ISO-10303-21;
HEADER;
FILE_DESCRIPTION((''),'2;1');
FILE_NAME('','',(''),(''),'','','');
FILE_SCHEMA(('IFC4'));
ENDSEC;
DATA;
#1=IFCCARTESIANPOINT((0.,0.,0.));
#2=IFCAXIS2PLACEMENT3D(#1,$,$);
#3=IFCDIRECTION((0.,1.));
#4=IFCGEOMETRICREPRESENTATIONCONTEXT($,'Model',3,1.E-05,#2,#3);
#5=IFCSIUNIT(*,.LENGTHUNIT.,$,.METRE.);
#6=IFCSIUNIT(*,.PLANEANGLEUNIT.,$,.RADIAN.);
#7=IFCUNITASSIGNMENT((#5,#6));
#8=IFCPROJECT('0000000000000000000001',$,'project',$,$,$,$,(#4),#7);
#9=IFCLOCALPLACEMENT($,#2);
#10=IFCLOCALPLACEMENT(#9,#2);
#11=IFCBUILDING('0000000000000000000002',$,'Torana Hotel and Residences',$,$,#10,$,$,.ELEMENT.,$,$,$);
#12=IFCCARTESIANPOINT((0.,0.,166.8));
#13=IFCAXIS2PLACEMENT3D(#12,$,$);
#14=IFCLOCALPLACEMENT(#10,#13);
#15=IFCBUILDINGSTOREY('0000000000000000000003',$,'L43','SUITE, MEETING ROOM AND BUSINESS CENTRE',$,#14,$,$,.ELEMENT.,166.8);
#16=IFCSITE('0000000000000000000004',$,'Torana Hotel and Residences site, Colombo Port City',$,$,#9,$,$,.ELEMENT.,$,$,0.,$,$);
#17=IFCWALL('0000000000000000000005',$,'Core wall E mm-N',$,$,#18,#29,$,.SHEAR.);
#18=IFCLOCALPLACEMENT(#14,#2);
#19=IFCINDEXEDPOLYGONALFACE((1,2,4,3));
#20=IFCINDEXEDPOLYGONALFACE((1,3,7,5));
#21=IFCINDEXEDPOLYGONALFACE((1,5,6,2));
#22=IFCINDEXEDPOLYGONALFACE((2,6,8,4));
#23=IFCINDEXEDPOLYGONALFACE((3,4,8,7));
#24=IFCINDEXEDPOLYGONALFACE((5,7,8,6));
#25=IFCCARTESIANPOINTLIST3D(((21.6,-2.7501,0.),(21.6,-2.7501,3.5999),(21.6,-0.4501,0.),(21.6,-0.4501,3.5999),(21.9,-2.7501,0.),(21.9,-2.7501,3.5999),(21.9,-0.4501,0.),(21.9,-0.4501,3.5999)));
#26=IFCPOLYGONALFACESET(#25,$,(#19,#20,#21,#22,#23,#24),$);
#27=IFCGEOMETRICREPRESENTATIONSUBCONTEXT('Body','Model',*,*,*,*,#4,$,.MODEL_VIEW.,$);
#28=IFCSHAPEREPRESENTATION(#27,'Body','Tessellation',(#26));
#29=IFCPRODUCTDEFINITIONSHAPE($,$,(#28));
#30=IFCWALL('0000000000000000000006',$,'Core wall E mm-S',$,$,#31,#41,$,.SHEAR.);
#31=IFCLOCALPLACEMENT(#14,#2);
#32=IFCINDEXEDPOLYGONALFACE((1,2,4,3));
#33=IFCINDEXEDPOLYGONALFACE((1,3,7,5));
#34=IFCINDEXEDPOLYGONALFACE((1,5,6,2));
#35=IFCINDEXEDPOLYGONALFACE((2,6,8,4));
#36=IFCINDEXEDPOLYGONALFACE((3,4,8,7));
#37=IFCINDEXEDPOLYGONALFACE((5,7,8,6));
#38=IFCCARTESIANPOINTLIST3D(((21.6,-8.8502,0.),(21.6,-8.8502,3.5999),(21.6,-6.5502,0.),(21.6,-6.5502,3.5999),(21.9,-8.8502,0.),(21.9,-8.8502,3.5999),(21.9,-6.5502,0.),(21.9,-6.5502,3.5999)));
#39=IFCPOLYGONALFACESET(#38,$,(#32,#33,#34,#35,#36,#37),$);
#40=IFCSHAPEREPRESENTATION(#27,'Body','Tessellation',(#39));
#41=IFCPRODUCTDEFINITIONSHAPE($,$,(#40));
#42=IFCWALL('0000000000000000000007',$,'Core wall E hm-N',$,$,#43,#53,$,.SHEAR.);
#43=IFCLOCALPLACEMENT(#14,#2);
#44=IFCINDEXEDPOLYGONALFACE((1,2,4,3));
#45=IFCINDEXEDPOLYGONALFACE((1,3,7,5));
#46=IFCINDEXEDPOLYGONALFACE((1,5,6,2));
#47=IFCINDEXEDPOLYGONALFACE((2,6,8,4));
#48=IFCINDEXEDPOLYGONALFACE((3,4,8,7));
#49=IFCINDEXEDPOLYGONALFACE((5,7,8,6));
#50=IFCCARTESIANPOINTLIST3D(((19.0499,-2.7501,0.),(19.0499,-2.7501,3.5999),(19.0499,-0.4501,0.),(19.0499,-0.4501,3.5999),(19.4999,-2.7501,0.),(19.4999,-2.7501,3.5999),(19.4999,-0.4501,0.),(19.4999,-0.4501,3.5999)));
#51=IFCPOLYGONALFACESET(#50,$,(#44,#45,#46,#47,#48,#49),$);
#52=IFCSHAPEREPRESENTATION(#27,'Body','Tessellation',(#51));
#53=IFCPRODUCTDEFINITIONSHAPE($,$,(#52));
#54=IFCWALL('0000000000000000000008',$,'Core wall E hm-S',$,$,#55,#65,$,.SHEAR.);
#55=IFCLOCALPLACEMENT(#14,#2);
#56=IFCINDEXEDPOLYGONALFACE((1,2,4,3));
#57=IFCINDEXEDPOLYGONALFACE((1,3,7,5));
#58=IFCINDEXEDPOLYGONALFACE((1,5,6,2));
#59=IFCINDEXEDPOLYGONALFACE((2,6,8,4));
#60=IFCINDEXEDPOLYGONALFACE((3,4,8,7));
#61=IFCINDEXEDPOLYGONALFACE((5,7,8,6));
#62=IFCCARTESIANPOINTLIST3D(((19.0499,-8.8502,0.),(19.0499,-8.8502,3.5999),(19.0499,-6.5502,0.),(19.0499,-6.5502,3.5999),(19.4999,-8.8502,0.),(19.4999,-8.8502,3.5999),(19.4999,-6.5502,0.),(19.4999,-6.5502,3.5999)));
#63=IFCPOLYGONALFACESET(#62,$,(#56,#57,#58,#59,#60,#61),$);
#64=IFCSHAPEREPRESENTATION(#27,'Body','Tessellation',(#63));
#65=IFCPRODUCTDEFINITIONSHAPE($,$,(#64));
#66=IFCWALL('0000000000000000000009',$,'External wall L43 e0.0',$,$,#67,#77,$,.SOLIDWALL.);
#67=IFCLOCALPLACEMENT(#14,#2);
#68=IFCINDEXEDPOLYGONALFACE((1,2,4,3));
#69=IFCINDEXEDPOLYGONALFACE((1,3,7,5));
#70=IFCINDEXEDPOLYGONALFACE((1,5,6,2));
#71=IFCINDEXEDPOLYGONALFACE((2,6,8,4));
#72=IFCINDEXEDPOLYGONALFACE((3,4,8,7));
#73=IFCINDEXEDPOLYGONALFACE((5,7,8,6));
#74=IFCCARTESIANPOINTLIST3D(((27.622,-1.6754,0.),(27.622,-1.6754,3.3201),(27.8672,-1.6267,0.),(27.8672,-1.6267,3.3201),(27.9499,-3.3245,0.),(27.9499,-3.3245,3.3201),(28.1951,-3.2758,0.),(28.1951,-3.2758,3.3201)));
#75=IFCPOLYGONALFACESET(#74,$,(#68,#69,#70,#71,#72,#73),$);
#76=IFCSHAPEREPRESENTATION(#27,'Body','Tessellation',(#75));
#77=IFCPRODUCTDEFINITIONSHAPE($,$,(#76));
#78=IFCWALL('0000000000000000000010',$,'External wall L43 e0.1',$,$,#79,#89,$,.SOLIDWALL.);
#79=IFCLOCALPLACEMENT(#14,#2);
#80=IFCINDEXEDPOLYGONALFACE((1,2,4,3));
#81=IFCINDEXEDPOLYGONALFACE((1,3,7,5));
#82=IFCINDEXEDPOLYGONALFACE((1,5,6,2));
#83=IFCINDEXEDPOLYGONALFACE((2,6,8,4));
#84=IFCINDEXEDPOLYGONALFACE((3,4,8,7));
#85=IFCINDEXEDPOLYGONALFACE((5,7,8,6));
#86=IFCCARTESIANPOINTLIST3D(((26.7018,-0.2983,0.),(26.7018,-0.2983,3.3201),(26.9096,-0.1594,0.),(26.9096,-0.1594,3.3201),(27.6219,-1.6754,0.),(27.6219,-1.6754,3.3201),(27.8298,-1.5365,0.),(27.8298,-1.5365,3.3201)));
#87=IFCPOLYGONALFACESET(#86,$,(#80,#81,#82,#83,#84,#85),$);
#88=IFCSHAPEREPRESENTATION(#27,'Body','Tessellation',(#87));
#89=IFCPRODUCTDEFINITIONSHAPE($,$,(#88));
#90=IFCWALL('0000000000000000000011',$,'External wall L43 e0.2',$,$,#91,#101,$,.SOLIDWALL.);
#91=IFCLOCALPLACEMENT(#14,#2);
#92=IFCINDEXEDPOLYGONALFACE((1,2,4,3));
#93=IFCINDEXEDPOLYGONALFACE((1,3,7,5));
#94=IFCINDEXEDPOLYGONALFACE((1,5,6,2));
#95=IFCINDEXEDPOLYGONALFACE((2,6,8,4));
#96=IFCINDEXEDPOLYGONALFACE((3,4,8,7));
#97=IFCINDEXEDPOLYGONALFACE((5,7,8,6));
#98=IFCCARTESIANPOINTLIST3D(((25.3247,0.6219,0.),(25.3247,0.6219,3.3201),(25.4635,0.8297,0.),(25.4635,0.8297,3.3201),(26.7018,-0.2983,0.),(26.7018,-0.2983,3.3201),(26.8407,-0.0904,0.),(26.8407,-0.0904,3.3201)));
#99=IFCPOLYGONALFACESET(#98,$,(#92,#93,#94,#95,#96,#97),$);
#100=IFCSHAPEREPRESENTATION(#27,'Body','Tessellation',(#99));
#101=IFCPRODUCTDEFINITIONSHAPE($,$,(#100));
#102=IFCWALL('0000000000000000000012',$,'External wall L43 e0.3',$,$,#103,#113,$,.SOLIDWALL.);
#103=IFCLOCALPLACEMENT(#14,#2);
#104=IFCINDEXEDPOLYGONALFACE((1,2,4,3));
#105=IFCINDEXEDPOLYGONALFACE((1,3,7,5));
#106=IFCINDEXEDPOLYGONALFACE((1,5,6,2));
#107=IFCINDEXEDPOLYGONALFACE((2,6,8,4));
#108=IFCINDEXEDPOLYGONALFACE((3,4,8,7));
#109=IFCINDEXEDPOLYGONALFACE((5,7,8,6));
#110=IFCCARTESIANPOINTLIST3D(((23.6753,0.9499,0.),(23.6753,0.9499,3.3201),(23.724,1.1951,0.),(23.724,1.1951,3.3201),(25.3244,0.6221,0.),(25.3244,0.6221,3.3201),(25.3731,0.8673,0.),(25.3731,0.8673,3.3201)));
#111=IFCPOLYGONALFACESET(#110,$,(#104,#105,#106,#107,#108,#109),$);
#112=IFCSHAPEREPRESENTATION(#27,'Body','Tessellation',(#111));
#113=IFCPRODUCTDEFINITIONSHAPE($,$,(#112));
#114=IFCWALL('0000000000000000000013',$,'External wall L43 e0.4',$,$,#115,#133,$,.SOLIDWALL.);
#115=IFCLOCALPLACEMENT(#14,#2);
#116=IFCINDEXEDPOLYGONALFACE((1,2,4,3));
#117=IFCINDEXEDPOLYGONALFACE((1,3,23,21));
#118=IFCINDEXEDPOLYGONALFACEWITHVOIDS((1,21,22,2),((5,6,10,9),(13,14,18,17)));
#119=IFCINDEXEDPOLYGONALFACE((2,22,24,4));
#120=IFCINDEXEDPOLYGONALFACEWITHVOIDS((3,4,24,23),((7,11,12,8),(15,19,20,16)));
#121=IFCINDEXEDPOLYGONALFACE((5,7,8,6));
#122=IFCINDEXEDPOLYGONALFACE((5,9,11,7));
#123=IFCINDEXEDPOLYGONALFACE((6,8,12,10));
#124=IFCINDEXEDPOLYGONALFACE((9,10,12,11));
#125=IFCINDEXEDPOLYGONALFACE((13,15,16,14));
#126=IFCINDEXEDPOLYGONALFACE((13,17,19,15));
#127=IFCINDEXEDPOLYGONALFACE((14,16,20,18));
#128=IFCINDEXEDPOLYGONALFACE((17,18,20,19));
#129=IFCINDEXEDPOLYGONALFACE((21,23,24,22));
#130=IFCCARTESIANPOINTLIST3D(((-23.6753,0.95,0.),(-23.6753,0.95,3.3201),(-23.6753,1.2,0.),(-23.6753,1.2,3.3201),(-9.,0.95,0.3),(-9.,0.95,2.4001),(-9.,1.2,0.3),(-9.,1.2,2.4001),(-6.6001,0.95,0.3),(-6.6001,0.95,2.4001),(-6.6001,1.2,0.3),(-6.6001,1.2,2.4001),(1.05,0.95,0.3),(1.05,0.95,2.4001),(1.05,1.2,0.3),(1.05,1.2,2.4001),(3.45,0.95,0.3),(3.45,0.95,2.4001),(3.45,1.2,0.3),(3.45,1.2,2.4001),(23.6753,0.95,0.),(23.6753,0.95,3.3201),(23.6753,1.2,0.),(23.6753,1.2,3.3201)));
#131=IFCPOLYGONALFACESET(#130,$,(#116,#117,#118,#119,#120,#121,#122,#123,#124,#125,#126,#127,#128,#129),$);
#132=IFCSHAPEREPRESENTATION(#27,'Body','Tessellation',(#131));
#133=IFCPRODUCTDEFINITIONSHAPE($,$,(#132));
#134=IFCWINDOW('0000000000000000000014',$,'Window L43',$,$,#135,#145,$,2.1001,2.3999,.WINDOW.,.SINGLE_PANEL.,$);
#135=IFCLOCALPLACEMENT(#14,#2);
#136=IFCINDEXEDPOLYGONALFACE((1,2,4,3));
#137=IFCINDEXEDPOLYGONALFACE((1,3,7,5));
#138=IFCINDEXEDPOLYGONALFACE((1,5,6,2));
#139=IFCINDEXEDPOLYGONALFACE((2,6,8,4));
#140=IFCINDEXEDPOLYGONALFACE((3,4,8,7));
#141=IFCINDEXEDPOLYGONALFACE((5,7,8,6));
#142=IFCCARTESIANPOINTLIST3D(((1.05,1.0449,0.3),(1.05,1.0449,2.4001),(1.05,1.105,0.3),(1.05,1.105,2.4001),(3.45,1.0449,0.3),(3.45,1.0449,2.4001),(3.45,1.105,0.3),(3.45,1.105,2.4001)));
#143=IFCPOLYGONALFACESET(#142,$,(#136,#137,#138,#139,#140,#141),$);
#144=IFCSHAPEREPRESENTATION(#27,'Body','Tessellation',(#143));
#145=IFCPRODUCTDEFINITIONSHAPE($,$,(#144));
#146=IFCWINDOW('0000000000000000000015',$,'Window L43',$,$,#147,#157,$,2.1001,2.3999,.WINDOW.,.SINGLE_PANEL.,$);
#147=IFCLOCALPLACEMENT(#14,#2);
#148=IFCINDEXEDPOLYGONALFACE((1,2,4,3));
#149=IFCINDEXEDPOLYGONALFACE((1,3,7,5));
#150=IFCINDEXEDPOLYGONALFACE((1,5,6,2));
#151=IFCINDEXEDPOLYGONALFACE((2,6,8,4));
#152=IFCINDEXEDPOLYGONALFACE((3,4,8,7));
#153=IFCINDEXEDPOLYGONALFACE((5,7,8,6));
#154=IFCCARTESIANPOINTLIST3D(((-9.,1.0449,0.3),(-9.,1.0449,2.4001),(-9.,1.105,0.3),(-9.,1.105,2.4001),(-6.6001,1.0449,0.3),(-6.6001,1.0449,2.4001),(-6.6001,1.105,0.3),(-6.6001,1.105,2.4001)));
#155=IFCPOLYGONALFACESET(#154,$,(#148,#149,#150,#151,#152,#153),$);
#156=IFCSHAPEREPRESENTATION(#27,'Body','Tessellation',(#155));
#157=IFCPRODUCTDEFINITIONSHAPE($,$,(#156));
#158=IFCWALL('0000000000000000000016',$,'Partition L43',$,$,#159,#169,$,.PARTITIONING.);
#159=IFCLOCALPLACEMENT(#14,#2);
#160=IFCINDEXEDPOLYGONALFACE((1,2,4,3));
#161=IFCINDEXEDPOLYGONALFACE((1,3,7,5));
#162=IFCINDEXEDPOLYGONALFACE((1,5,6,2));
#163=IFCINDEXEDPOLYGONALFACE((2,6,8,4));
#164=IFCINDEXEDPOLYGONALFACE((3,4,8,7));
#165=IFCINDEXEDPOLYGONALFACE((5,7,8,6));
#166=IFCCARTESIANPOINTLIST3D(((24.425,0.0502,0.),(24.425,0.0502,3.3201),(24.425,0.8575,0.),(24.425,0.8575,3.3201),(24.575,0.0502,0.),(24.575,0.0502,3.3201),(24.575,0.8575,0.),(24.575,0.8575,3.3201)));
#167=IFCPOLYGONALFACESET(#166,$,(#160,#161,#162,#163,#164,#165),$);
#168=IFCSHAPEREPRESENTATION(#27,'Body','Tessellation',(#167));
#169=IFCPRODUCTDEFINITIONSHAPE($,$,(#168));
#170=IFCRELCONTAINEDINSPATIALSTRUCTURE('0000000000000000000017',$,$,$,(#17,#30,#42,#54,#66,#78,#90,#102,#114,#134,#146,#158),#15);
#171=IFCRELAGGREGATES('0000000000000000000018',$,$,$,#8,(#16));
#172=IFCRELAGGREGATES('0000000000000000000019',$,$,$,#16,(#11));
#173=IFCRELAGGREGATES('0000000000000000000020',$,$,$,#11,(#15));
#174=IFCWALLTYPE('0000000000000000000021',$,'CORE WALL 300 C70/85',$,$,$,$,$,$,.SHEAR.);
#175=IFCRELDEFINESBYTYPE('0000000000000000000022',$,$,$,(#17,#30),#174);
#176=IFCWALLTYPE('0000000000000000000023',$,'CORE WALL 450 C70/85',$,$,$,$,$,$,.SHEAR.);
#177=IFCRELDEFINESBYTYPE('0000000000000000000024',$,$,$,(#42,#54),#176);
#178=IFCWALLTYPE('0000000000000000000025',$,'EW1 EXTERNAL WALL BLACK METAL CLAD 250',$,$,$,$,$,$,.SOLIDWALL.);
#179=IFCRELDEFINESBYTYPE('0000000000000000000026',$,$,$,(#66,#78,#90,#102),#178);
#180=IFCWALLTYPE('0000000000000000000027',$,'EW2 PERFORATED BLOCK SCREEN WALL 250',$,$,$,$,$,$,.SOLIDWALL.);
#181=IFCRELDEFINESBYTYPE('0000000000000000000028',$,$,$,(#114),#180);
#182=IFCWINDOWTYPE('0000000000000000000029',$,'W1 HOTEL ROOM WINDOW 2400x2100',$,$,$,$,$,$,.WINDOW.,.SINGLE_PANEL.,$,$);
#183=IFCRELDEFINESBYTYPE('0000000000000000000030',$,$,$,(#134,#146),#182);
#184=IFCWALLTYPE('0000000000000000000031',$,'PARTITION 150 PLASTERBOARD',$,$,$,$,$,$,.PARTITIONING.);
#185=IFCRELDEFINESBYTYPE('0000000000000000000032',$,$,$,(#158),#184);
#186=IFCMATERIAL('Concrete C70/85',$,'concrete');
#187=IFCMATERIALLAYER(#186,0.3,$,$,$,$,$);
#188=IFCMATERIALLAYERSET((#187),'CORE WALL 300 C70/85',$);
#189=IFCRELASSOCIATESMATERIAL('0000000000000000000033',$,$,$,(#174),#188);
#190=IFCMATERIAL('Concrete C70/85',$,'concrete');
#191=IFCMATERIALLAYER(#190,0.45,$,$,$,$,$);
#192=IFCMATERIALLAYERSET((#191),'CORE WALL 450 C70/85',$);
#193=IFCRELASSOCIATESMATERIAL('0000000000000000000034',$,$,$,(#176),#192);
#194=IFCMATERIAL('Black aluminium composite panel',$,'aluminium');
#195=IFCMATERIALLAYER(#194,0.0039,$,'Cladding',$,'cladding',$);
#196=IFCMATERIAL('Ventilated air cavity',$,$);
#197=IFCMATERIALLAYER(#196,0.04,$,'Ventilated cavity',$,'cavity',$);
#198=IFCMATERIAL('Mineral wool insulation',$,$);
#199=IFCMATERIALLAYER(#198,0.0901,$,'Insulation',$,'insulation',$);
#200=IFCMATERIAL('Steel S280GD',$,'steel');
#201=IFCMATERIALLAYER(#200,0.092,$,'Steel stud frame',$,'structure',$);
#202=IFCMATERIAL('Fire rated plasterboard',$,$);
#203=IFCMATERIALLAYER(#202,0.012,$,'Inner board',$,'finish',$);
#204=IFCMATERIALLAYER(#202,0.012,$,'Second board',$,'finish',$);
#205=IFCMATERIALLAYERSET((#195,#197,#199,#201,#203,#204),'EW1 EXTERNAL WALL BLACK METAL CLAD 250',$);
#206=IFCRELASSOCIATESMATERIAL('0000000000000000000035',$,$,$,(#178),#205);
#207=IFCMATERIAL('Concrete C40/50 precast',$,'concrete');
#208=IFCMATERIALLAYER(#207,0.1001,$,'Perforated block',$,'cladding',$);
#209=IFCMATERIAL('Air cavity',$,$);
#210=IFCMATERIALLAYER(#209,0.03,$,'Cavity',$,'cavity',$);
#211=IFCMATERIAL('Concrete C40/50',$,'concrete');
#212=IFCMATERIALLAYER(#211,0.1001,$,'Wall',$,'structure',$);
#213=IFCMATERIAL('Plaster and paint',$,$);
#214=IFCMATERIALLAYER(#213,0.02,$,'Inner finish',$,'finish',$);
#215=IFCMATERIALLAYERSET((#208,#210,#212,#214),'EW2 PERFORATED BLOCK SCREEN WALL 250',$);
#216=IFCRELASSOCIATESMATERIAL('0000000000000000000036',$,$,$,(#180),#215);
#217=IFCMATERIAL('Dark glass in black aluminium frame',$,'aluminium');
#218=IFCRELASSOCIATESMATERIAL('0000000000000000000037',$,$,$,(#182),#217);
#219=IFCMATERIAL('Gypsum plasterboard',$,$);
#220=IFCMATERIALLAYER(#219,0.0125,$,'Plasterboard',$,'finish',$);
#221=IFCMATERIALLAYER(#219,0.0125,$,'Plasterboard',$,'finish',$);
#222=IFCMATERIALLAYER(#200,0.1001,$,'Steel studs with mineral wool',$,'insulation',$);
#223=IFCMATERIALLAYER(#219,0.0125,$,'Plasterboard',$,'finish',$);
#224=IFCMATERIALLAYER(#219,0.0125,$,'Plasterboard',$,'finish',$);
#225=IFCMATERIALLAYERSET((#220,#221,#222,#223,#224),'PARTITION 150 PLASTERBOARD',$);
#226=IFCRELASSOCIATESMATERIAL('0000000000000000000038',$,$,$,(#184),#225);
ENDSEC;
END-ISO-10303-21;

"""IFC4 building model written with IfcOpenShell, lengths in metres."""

from ifc_helpers import new_model, si_unit, direction, frame, frame_2d, origin, place, context, subcontext, project, spatial, rectangle, extrude, material, layer, layer_set, type_object, element, fill, save


model = new_model("IFC4")

# Units and contexts
model_context = context("Model", 3, precision=1e-05, world=origin(), true_north=direction((0.0, 1.0)))
body_context = subcontext(model_context, "Body", "Model", "MODEL_VIEW")
ifc_project = project(units=[si_unit("LENGTHUNIT", "METRE"), si_unit("PLANEANGLEUNIT", "RADIAN")], contexts=[model_context])

# Site, building, storey
site_placement = place(None, origin())
site = spatial("IfcSite", under=ifc_project, at=site_placement, Name="Torana Hotel and Residences site, Colombo Port City", CompositionType="ELEMENT", RefElevation=0.0)
building_placement = place(site_placement, origin())
building = spatial("IfcBuilding", under=site, at=building_placement, Name="Torana Hotel and Residences", CompositionType="ELEMENT")
storey_placement = place(building_placement, frame((0.0, 0.0, 166.8)))
storey = spatial("IfcBuildingStorey", under=building, at=storey_placement, Name="L43", Description="SUITE, MEETING ROOM AND BUSINESS CENTRE", CompositionType="ELEMENT", Elevation=166.8)

# Walls
ifc_material_1 = material(Name="Concrete C70/85", Category="concrete")
ifc_layer_1 = layer(ifc_material_1, 0.3)
ifc_layer_set_1 = layer_set([ifc_layer_1], Name="CORE WALL 300 C70/85")
wall_type_1 = type_object("IfcWallType", Name="CORE WALL 300 C70/85", PredefinedType="SHEAR", material=ifc_layer_set_1)
for number, where, z_axis, x_axis, name in (
    (1, (21.75, -2.75, 0.0), (0.0, 0.0, 1.0), (0.0, 1.0, 0.0), "Core wall E mm-N"),
    (2, (21.75, -8.8501, 0.0), (0.0, 0.0, 1.0), (0.0, 1.0, 0.0), "Core wall E mm-S"),
):
    element("IfcWall", number, at=place(storey_placement, frame(where, z_axis=z_axis, x_axis=x_axis)), inside=storey, type_object=wall_type_1, Name=name, PredefinedType="SHEAR", context=body_context, shape_type="SweptSolid", body=[
        extrude(rectangle(XDim=2.3, YDim=0.3, at=frame_2d((1.1499, 0.0))), origin(), (0.0, 0.0, 1.0), 3.5999),
    ])
ifc_material_2 = material(Name="Concrete C70/85", Category="concrete")
ifc_layer_2 = layer(ifc_material_2, 0.45)
ifc_layer_set_2 = layer_set([ifc_layer_2], Name="CORE WALL 450 C70/85")
wall_type_2 = type_object("IfcWallType", Name="CORE WALL 450 C70/85", PredefinedType="SHEAR", material=ifc_layer_set_2)
for number, where, z_axis, x_axis, name in (
    (3, (19.2749, -2.75, 0.0), (0.0, 0.0, 1.0), (0.0, 1.0, 0.0), "Core wall E hm-N"),
    (4, (19.2749, -8.8501, 0.0), (0.0, 0.0, 1.0), (0.0, 1.0, 0.0), "Core wall E hm-S"),
):
    element("IfcWall", number, at=place(storey_placement, frame(where, z_axis=z_axis, x_axis=x_axis)), inside=storey, type_object=wall_type_2, Name=name, PredefinedType="SHEAR", context=body_context, shape_type="SweptSolid", body=[
        extrude(rectangle(XDim=2.3, YDim=0.45, at=frame_2d((1.1499, 0.0))), origin(), (0.0, 0.0, 1.0), 3.5999),
    ])
ifc_material_3 = material(Name="Black aluminium composite panel", Category="aluminium")
ifc_layer_3 = layer(ifc_material_3, 0.0039, Name="Cladding", Category="cladding")
ifc_material_4 = material(Name="Ventilated air cavity")
ifc_layer_4 = layer(ifc_material_4, 0.04, Name="Ventilated cavity", Category="cavity")
ifc_material_5 = material(Name="Mineral wool insulation")
ifc_layer_5 = layer(ifc_material_5, 0.0901, Name="Insulation", Category="insulation")
ifc_material_6 = material(Name="Steel S280GD", Category="steel")
ifc_layer_6 = layer(ifc_material_6, 0.092, Name="Steel stud frame", Category="structure")
ifc_material_7 = material(Name="Fire rated plasterboard")
ifc_layer_7 = layer(ifc_material_7, 0.012, Name="Inner board", Category="finish")
ifc_layer_8 = layer(ifc_material_7, 0.012, Name="Second board", Category="finish")
ifc_layer_set_3 = layer_set([ifc_layer_3, ifc_layer_4, ifc_layer_5, ifc_layer_6, ifc_layer_7, ifc_layer_8], Name="EW1 EXTERNAL WALL BLACK METAL CLAD 250")
wall_type_3 = type_object("IfcWallType", Name="EW1 EXTERNAL WALL BLACK METAL CLAD 250", PredefinedType="SOLIDWALL", material=ifc_layer_set_3)
wall_1_placement = place(storey_placement, frame((28.0725, -3.3003, 0.0), z_axis=(0.0, 0.0, 1.0), x_axis=(-0.194999, 0.980803, 0.0)))
element("IfcWall", 5, at=wall_1_placement, inside=storey, type_object=wall_type_3, Name="External wall L43 e0.0", PredefinedType="SOLIDWALL", context=body_context, shape_type="SweptSolid", body=[
    extrude(rectangle(XDim=1.6814, YDim=0.25, at=frame_2d((0.8408, 0.0))), origin(), (0.0, 0.0, 1.0), 3.3201),
])
for number, where, z_axis, x_axis, name in (
    (6, (27.7258, -1.606, 0.0), (0.0, 0.0, 1.0), (-0.55555, 0.831483, 0.0), "External wall L43 e0.1"),
    (7, (26.7712, -0.1943, 0.0), (0.0, 0.0, 1.0), (-0.831483, 0.55555, 0.0), "External wall L43 e0.2"),
):
    element("IfcWall", number, at=place(storey_placement, frame(where, z_axis=z_axis, x_axis=x_axis)), inside=storey, type_object=wall_type_3, Name=name, PredefinedType="SOLIDWALL", context=body_context, shape_type="SweptSolid", body=[
        extrude(rectangle(XDim=1.6562, YDim=0.25, at=frame_2d((0.8281, 0.0))), origin(), (0.0, 0.0, 1.0), 3.3201),
    ])
wall_2_placement = place(storey_placement, frame((25.3489, 0.7446, 0.0), z_axis=(0.0, 0.0, 1.0), x_axis=(-0.980803, 0.194999, 0.0)))
element("IfcWall", 8, at=wall_2_placement, inside=storey, type_object=wall_type_3, Name="External wall L43 e0.3", PredefinedType="SOLIDWALL", context=body_context, shape_type="SweptSolid", body=[
    extrude(rectangle(XDim=1.6814, YDim=0.25, at=frame_2d((0.8408, 0.0))), origin(), (0.0, 0.0, 1.0), 3.3201),
])

# Wall, openings, windows
ifc_material_8 = material(Name="Concrete C40/50 precast", Category="concrete")
ifc_layer_9 = layer(ifc_material_8, 0.1001, Name="Perforated block", Category="cladding")
ifc_material_9 = material(Name="Air cavity")
ifc_layer_10 = layer(ifc_material_9, 0.03, Name="Cavity", Category="cavity")
ifc_material_10 = material(Name="Concrete C40/50", Category="concrete")
ifc_layer_11 = layer(ifc_material_10, 0.1001, Name="Wall", Category="structure")
ifc_material_11 = material(Name="Plaster and paint")
ifc_layer_12 = layer(ifc_material_11, 0.02, Name="Inner finish", Category="finish")
ifc_layer_set_4 = layer_set([ifc_layer_9, ifc_layer_10, ifc_layer_11, ifc_layer_12], Name="EW2 PERFORATED BLOCK SCREEN WALL 250")
wall_type_4 = type_object("IfcWallType", Name="EW2 PERFORATED BLOCK SCREEN WALL 250", PredefinedType="SOLIDWALL", material=ifc_layer_set_4)
wall_3_placement = place(storey_placement, frame((23.6753, 1.075, 0.0), z_axis=(0.0, 0.0, 1.0), x_axis=(-1.0, 0.0, 0.0)))
wall_3 = element("IfcWall", 9, at=wall_3_placement, inside=storey, type_object=wall_type_4, Name="External wall L43 e0.4", PredefinedType="SOLIDWALL", context=body_context, shape_type="SweptSolid", body=[
    extrude(rectangle(XDim=47.3506, YDim=0.25, at=frame_2d((23.6753, 0.0))), origin(), (0.0, 0.0, 1.0), 3.3201),
])
opening_1_placement = place(wall_3_placement, frame((20.2253, 0.0, 0.3)))
opening_1 = element("IfcOpeningElement", 10, at=opening_1_placement, cuts=wall_3, PredefinedType="OPENING", context=body_context, shape_type="SweptSolid", body=[
    extrude(rectangle(XDim=2.3999, YDim=2.1001, at=frame_2d((1.2, 1.05))), frame((0.0, 0.135, 0.0), z_axis=(0.0, -1.0, 0.0), x_axis=(1.0, 0.0, 0.0)), (0.0, 0.0, 1.0), 0.27),
])
opening_2_placement = place(wall_3_placement, frame((30.2754, 0.0, 0.3)))
opening_2 = element("IfcOpeningElement", 11, at=opening_2_placement, cuts=wall_3, PredefinedType="OPENING", context=body_context, shape_type="SweptSolid", body=[
    extrude(rectangle(XDim=2.3999, YDim=2.1001, at=frame_2d((1.2, 1.05))), frame((0.0, 0.135, 0.0), z_axis=(0.0, -1.0, 0.0), x_axis=(1.0, 0.0, 0.0)), (0.0, 0.0, 1.0), 0.27),
])
ifc_material_12 = material(Name="Dark glass in black aluminium frame", Category="aluminium")
window_type = type_object("IfcWindowType", Name="W1 HOTEL ROOM WINDOW 2400x2100", PartitioningType="SINGLE_PANEL", PredefinedType="WINDOW", material=ifc_material_12)
window_1_placement = place(opening_1_placement, origin())
window_1 = element("IfcWindow", 12, at=window_1_placement, inside=storey, type_object=window_type, Name="Window L43", OverallHeight=2.1001, OverallWidth=2.3999, PartitioningType="SINGLE_PANEL", PredefinedType="WINDOW", context=body_context, shape_type="SweptSolid", body=[
    extrude(rectangle(XDim=2.3999, YDim=2.1001, at=frame_2d((1.2, 1.05))), frame((0.0, 0.03, 0.0), z_axis=(0.0, -1.0, 0.0), x_axis=(1.0, 0.0, 0.0)), (0.0, 0.0, 1.0), 0.0601),
])
fill(opening_1, window_1)
window_2_placement = place(opening_2_placement, origin())
window_2 = element("IfcWindow", 13, at=window_2_placement, inside=storey, type_object=window_type, Name="Window L43", OverallHeight=2.1001, OverallWidth=2.3999, PartitioningType="SINGLE_PANEL", PredefinedType="WINDOW", context=body_context, shape_type="SweptSolid", body=[
    extrude(rectangle(XDim=2.3999, YDim=2.1001, at=frame_2d((1.2, 1.05))), frame((0.0, 0.03, 0.0), z_axis=(0.0, -1.0, 0.0), x_axis=(1.0, 0.0, 0.0)), (0.0, 0.0, 1.0), 0.0601),
])
fill(opening_2, window_2)

# Wall
ifc_material_13 = material(Name="Gypsum plasterboard")
ifc_layer_13 = layer(ifc_material_13, 0.0125, Name="Plasterboard", Category="finish")
ifc_layer_14 = layer(ifc_material_13, 0.0125, Name="Plasterboard", Category="finish")
ifc_layer_15 = layer(ifc_material_6, 0.1001, Name="Steel studs with mineral wool", Category="insulation")
ifc_layer_16 = layer(ifc_material_13, 0.0125, Name="Plasterboard", Category="finish")
ifc_layer_17 = layer(ifc_material_13, 0.0125, Name="Plasterboard", Category="finish")
ifc_layer_set_5 = layer_set([ifc_layer_13, ifc_layer_14, ifc_layer_15, ifc_layer_16, ifc_layer_17], Name="PARTITION 150 PLASTERBOARD")
wall_type_5 = type_object("IfcWallType", Name="PARTITION 150 PLASTERBOARD", PredefinedType="PARTITIONING", material=ifc_layer_set_5)
wall_4_placement = place(storey_placement, frame((24.5, 0.05, 0.0), z_axis=(0.0, 0.0, 1.0), x_axis=(0.0, 1.0, 0.0)))
element("IfcWall", 14, at=wall_4_placement, inside=storey, type_object=wall_type_5, Name="Partition L43", PredefinedType="PARTITIONING", context=body_context, shape_type="SweptSolid", body=[
    extrude(rectangle(XDim=0.8074, YDim=0.1499, at=frame_2d((0.4038, 0.0))), origin(), (0.0, 0.0, 1.0), 3.3201),
])

save(model, "model.ifc")
